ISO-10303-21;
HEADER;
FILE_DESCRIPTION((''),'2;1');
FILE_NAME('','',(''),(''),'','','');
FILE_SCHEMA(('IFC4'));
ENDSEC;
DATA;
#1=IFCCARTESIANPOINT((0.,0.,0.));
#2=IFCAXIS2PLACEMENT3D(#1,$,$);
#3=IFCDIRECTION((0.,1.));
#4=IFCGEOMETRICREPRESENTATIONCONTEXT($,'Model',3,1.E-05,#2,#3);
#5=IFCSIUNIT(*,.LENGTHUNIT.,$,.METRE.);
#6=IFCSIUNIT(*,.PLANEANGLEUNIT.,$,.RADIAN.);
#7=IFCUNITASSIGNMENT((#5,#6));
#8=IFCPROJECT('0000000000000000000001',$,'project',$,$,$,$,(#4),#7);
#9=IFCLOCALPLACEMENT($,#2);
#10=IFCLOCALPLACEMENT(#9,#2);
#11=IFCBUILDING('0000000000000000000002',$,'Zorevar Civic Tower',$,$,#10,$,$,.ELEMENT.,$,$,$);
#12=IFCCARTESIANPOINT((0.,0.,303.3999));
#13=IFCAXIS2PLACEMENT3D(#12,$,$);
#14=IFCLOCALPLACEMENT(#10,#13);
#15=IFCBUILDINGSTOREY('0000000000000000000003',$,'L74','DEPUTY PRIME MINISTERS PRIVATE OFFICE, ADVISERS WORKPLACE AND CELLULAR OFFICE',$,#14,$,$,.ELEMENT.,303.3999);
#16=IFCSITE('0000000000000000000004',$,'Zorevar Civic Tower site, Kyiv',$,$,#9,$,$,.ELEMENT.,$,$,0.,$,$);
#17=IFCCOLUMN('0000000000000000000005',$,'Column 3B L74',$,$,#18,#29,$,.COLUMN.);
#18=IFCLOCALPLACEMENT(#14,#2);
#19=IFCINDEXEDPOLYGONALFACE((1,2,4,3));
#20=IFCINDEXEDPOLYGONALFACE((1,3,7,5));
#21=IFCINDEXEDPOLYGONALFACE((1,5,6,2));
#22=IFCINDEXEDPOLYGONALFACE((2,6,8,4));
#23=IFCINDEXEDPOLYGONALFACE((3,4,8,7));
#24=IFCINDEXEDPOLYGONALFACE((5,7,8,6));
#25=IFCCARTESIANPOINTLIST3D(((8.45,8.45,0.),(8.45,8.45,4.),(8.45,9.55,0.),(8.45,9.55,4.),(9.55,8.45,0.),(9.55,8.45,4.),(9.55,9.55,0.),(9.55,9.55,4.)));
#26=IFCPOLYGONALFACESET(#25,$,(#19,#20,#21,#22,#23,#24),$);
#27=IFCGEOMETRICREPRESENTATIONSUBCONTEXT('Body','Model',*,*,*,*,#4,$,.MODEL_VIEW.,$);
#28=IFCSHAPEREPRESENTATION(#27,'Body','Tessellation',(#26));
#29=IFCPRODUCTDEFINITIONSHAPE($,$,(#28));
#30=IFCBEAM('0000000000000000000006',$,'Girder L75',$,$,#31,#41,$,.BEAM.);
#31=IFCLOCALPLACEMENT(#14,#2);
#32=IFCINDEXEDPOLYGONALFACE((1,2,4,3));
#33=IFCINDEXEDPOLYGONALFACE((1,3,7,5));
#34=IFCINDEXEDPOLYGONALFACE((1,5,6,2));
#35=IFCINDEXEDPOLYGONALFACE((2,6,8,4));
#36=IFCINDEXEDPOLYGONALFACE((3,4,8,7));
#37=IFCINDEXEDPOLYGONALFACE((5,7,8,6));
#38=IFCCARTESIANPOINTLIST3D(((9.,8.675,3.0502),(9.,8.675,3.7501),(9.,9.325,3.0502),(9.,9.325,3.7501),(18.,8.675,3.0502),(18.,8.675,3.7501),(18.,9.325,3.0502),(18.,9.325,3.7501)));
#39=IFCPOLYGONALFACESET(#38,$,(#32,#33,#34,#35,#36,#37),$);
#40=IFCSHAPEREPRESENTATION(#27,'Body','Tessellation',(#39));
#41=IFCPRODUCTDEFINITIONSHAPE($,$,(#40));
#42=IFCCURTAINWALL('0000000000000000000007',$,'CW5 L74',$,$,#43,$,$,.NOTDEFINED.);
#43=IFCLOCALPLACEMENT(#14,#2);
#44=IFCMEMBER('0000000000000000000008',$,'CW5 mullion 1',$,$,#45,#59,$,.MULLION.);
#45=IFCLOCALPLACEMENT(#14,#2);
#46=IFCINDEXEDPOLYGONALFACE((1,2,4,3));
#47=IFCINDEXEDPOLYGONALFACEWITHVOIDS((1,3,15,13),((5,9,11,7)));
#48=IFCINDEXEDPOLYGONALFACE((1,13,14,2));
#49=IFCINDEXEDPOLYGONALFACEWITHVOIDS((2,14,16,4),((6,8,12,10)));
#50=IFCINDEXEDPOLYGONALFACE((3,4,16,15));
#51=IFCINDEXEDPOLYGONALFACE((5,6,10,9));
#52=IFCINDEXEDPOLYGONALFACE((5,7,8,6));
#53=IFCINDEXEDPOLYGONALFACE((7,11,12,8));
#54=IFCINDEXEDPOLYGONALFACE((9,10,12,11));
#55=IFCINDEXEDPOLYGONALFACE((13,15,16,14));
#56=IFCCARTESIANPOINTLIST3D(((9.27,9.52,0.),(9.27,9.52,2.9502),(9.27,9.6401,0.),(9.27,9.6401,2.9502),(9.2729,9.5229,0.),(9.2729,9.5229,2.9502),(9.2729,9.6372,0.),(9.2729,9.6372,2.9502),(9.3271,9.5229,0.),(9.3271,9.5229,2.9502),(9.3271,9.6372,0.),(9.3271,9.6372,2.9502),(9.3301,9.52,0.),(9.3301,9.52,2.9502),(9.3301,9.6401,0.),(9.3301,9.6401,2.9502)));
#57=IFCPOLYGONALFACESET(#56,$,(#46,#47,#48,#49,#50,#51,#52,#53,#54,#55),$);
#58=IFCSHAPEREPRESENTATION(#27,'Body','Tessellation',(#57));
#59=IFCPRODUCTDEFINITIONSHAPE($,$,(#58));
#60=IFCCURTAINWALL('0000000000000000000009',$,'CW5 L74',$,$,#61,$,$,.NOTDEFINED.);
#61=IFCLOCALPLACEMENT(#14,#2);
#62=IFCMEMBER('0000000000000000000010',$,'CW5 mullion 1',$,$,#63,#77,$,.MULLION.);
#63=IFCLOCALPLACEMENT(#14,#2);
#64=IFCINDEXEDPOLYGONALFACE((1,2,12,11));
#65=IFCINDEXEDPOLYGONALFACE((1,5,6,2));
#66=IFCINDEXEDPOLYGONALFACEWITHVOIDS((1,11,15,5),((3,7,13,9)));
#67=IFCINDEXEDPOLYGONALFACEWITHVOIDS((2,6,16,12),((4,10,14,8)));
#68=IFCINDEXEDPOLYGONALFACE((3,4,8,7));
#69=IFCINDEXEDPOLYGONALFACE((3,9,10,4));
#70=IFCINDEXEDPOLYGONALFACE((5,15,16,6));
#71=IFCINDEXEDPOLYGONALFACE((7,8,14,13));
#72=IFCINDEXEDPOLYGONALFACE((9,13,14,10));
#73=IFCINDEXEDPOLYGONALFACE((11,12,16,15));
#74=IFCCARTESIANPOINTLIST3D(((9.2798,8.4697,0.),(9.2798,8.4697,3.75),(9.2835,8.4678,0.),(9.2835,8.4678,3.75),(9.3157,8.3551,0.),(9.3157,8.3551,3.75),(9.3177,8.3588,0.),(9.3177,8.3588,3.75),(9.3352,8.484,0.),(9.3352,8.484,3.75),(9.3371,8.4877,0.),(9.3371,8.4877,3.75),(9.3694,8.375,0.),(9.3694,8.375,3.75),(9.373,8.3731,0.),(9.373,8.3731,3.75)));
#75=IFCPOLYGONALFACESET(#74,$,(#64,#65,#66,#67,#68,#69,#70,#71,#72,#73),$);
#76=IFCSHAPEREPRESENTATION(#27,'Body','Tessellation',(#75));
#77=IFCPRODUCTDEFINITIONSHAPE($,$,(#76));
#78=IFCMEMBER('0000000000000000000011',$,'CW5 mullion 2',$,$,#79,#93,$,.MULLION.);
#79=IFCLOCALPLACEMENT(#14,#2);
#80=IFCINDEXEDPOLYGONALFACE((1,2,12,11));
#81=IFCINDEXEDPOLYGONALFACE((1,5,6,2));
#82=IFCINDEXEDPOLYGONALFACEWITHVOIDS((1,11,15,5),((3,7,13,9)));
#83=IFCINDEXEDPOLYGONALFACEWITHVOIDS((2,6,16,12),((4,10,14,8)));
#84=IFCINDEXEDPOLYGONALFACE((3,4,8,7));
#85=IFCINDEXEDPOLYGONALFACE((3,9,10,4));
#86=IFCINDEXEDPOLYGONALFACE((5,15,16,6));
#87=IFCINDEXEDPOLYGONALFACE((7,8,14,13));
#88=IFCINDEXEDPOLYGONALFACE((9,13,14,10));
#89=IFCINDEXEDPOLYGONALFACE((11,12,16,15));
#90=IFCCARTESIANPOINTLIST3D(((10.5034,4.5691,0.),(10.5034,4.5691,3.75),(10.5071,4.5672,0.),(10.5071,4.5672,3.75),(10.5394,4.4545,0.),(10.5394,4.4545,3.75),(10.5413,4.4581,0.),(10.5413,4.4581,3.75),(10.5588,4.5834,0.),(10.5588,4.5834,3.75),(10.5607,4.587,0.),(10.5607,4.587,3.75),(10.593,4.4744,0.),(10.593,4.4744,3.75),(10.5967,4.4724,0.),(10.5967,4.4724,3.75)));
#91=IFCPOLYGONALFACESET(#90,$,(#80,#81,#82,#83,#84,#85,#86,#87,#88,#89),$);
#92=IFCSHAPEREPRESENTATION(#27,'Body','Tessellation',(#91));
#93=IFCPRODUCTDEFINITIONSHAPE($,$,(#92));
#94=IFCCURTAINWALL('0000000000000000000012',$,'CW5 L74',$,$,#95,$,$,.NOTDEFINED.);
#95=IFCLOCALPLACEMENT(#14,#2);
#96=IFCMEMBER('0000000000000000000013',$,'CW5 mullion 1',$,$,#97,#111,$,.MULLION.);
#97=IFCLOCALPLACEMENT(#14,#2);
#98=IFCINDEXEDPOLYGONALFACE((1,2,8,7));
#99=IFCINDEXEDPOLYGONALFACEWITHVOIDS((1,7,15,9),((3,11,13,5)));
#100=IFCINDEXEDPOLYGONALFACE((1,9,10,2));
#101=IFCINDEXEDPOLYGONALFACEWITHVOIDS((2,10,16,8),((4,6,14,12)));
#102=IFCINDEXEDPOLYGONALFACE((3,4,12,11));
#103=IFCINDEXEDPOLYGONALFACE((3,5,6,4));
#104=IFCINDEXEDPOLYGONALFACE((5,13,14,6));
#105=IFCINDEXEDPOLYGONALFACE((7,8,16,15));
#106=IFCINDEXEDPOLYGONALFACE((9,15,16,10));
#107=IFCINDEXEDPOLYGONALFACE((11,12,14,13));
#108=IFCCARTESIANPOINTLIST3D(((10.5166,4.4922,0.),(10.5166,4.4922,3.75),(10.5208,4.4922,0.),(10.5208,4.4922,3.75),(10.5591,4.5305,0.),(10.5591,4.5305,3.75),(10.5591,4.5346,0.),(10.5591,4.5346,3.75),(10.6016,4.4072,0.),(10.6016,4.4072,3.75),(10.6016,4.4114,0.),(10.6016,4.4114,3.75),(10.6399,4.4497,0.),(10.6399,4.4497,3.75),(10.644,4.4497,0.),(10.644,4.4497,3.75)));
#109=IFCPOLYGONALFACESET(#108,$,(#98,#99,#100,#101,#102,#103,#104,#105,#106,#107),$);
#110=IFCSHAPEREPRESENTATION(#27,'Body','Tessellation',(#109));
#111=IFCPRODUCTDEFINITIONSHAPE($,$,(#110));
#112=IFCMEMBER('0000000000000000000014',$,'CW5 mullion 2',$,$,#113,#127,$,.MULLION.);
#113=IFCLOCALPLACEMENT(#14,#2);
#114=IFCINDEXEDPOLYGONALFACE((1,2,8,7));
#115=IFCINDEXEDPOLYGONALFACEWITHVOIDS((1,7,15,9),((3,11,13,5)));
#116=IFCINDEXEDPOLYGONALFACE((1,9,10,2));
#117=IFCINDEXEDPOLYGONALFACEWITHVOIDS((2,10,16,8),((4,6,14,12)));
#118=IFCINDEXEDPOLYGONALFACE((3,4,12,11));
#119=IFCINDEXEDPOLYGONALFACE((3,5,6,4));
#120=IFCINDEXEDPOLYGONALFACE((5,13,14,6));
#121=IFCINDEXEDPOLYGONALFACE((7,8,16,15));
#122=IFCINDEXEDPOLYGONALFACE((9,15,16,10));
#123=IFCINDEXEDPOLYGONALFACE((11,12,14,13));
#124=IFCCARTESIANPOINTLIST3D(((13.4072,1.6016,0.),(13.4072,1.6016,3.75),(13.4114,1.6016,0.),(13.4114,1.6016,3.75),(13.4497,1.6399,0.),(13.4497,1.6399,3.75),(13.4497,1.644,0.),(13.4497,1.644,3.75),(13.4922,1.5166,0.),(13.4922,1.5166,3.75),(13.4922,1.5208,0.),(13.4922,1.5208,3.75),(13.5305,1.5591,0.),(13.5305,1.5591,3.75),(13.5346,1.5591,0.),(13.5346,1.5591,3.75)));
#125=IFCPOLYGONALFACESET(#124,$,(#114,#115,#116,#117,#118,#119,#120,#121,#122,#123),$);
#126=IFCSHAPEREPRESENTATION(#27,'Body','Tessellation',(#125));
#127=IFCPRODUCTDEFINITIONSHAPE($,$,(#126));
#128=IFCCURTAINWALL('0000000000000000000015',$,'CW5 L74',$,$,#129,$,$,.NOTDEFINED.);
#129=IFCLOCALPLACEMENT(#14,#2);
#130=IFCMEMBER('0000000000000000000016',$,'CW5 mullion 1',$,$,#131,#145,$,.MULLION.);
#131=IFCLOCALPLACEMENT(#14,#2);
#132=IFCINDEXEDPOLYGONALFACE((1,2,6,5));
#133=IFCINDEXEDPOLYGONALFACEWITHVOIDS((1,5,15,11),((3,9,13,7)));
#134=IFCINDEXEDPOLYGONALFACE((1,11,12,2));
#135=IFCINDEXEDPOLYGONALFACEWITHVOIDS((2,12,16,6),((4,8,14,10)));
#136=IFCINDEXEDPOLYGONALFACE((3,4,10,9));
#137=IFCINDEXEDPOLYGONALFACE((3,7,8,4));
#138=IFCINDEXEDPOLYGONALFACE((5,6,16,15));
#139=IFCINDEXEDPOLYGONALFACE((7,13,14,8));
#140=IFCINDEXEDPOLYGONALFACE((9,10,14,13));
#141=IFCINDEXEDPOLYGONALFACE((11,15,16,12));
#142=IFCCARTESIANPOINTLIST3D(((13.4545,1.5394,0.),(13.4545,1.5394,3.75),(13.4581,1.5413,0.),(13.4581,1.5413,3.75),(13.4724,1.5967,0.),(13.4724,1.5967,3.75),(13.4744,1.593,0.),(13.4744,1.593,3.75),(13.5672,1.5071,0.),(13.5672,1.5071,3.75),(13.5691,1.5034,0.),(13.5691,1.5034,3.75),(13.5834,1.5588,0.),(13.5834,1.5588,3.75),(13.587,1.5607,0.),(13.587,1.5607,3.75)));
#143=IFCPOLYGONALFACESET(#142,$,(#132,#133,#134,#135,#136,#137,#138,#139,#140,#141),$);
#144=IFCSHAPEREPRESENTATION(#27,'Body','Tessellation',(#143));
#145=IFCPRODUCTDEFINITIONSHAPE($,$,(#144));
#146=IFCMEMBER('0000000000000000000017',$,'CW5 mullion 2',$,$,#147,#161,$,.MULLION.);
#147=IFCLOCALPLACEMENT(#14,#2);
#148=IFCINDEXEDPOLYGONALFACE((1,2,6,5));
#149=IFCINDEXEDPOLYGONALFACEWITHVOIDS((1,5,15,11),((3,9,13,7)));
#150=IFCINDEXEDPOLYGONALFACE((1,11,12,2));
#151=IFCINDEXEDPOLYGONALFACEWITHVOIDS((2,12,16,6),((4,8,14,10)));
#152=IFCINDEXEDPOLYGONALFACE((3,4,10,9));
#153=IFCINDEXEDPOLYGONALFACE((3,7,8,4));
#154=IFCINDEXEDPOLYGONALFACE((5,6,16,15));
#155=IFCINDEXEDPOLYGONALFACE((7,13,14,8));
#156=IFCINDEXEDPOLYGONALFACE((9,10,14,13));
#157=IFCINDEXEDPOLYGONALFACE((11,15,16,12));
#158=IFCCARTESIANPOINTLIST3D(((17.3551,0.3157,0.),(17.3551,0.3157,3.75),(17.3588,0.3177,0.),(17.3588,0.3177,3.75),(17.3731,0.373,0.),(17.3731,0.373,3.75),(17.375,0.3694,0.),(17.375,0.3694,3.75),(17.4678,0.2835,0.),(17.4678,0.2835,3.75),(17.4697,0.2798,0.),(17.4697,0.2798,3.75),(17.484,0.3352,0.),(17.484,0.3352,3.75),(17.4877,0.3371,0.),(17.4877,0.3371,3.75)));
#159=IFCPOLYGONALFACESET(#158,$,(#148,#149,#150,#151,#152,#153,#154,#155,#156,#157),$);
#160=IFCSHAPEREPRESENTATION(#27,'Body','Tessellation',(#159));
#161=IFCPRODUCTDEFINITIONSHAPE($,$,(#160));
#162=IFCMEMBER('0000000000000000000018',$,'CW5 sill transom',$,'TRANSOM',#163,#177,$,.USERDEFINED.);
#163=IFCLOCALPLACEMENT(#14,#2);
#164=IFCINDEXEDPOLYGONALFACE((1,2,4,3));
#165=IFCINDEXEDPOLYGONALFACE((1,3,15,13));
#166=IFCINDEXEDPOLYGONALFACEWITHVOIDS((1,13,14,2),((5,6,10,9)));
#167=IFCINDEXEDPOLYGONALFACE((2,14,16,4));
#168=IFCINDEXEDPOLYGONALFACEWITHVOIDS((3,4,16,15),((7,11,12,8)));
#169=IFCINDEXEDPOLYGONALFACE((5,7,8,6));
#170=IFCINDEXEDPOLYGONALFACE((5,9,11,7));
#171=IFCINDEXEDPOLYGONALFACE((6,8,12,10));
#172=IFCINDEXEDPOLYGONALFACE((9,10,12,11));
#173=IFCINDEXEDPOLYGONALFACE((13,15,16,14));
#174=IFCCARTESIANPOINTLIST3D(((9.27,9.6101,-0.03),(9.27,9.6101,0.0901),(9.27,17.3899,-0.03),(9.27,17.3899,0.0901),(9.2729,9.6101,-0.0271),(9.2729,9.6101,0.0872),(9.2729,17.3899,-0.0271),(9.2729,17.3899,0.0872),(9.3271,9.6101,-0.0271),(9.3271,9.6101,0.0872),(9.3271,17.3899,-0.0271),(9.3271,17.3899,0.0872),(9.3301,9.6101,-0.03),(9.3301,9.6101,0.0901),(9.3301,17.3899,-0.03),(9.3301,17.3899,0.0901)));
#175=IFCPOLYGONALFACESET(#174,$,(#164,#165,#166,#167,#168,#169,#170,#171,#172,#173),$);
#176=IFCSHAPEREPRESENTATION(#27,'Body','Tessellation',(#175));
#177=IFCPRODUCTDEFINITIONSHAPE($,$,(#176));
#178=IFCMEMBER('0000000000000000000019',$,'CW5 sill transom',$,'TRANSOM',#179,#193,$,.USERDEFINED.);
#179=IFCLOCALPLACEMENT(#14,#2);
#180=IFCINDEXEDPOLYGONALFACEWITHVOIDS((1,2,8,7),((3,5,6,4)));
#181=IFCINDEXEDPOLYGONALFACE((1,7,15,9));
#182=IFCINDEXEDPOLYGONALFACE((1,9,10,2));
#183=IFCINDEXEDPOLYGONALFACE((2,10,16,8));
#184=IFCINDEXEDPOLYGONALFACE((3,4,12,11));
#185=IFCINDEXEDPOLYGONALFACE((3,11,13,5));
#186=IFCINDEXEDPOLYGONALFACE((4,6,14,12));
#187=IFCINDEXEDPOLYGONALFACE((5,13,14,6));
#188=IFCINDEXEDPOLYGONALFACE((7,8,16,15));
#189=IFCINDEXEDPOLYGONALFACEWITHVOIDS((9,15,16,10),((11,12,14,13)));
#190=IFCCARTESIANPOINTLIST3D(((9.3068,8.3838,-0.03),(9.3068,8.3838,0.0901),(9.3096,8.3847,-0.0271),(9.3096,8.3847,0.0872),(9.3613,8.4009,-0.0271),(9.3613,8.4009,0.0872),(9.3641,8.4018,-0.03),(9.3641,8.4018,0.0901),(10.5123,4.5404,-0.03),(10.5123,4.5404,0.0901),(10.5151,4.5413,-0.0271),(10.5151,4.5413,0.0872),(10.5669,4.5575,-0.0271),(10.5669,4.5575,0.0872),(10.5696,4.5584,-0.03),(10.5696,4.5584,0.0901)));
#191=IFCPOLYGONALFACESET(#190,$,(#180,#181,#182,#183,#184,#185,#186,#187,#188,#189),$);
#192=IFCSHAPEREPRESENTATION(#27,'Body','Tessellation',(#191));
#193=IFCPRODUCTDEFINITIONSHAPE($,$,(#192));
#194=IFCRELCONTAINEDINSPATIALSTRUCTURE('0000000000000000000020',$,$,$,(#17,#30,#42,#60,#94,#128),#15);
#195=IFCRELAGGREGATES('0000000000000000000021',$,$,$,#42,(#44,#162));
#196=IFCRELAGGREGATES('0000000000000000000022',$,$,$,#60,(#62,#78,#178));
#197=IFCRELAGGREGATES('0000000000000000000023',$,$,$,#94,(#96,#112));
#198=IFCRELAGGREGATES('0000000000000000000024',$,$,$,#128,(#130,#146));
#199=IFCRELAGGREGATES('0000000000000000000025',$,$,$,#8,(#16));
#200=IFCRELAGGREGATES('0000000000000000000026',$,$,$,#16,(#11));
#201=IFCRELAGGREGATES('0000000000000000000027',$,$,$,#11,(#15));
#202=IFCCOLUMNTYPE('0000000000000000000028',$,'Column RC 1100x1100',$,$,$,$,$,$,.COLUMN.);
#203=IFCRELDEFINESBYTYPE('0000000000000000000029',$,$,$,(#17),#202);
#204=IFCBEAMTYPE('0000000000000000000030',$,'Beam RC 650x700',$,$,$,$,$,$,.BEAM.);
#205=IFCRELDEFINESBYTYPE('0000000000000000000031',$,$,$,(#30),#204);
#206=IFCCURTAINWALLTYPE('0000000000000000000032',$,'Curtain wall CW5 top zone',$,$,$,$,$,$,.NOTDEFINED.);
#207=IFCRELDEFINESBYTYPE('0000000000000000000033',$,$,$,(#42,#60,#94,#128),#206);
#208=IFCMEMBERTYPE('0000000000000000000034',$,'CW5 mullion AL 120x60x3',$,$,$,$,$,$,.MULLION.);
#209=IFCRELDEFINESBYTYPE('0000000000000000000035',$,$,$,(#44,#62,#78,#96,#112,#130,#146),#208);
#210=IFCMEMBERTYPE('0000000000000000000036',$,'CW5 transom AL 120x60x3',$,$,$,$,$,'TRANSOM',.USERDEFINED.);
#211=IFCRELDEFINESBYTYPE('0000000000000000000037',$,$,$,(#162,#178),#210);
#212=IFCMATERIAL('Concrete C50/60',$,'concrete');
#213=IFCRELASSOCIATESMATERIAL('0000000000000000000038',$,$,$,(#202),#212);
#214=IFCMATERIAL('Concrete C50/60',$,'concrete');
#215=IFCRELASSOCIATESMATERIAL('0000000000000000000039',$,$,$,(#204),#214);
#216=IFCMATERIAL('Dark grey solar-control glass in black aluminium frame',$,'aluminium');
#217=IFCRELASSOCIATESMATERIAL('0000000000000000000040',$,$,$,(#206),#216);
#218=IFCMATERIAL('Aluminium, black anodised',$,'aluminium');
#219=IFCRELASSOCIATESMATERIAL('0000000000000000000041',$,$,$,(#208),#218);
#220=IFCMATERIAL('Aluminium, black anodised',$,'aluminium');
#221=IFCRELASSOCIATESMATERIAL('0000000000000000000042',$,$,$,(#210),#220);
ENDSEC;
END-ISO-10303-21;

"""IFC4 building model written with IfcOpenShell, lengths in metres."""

from ifc_helpers import new_model, si_unit, direction, frame, origin, origin_2d, place, context, subcontext, project, spatial, rectangle, hollow_rectangle, extrude, material, material_profile, profile_set, type_object, element, aggregate, save


model = new_model("IFC4")

# Units and contexts
model_context = context("Model", 3, precision=1e-05, world=origin(), true_north=direction((0.0, 1.0)))
body_context = subcontext(model_context, "Body", "Model", "MODEL_VIEW")
ifc_project = project(units=[si_unit("LENGTHUNIT", "METRE"), si_unit("PLANEANGLEUNIT", "RADIAN")], contexts=[model_context])

# Site, building, storey
site_placement = place(None, origin())
site = spatial("IfcSite", under=ifc_project, at=site_placement, Name="Zorevar Civic Tower site, Kyiv", CompositionType="ELEMENT", RefElevation=0.0)
building_placement = place(site_placement, origin())
building = spatial("IfcBuilding", under=site, at=building_placement, Name="Zorevar Civic Tower", CompositionType="ELEMENT")
storey_placement = place(building_placement, frame((0.0, 0.0, 303.3999)))
storey = spatial("IfcBuildingStorey", under=building, at=storey_placement, Name="L74", Description="DEPUTY PRIME MINISTERS PRIVATE OFFICE, ADVISERS WORKPLACE AND CELLULAR OFFICE", CompositionType="ELEMENT", Elevation=303.3999)

# Column
ifc_material_1 = material(Name="Concrete C50/60", Category="concrete")
ifc_material_profile_1 = material_profile(ifc_material_1, rectangle(XDim=1.1001, YDim=1.1001, at=origin_2d()), Name="RC 1100x1100")
ifc_profile_set_1 = profile_set([ifc_material_profile_1], Name="Concrete C50/60")
column_type = type_object("IfcColumnType", Name="Column RC 1100x1100", PredefinedType="COLUMN", material=ifc_profile_set_1)
column_placement = place(storey_placement, frame((9.0, 9.0, 0.0), z_axis=(0.0, 0.0, 1.0), x_axis=(1.0, 0.0, 0.0)))
element("IfcColumn", 1, at=column_placement, inside=storey, type_object=column_type, Name="Column 3B L74", PredefinedType="COLUMN", context=body_context, shape_type="SweptSolid", body=[
    extrude(rectangle(XDim=1.1001, YDim=1.1001, at=origin_2d()), origin(), (0.0, 0.0, 1.0), 4.0),
])

# Beam
ifc_material_2 = material(Name="Concrete C50/60", Category="concrete")
ifc_material_profile_2 = material_profile(ifc_material_2, rectangle(XDim=0.6499, YDim=0.7, at=origin_2d()), Name="RC 650x700")
ifc_profile_set_2 = profile_set([ifc_material_profile_2], Name="Concrete C50/60")
beam_type_1 = type_object("IfcBeamType", Name="Beam RC 650x700", PredefinedType="BEAM", material=ifc_profile_set_2)
beam_1_placement = place(storey_placement, frame((9.0, 9.0, 3.4001), z_axis=(1.0, 0.0, 0.0), x_axis=(0.0, 1.0, 0.0)))
element("IfcBeam", 2, at=beam_1_placement, inside=storey, type_object=beam_type_1, Name="Girder L75", PredefinedType="BEAM", context=body_context, shape_type="SweptSolid", body=[
    extrude(rectangle(XDim=0.6499, YDim=0.7, at=origin_2d()), origin(), (0.0, 0.0, 1.0), 9.0),
])

# Curtain wall, member
ifc_material_3 = material(Name="Dark grey solar-control glass in black aluminium frame", Category="aluminium")
curtain_wall_type = type_object("IfcCurtainWallType", Name="Curtain wall CW5 top zone", PredefinedType="NOTDEFINED", material=ifc_material_3)
curtain_wall_1_placement = place(storey_placement, origin())
curtain_wall_1 = element("IfcCurtainWall", 3, at=curtain_wall_1_placement, inside=storey, type_object=curtain_wall_type, Name="CW5 L74", PredefinedType="NOTDEFINED")
ifc_material_4 = material(Name="Aluminium, black anodised", Category="aluminium")
ifc_material_profile_3 = material_profile(ifc_material_4, hollow_rectangle(XDim=0.0601, YDim=0.1201, WallThickness=0.0029, at=origin_2d()), Name="AL 120x60x3")
ifc_profile_set_3 = profile_set([ifc_material_profile_3], Name="Aluminium, black anodised")
member_type_1 = type_object("IfcMemberType", Name="CW5 mullion AL 120x60x3", PredefinedType="MULLION", material=ifc_profile_set_3)
member_1_placement = place(storey_placement, frame((9.3, 9.5801, 0.0), z_axis=(0.0, 0.0, 1.0), x_axis=(-1.0, 0.0, 0.0)))
member_1 = element("IfcMember", 4, at=member_1_placement, type_object=member_type_1, Name="CW5 mullion 1", PredefinedType="MULLION", context=body_context, shape_type="SweptSolid", body=[
    extrude(hollow_rectangle(XDim=0.0601, YDim=0.1201, WallThickness=0.0029, at=origin_2d()), origin(), (0.0, 0.0, 1.0), 2.9502),
])

# Curtain walls, members
curtain_wall_2_placement = place(storey_placement, origin())
curtain_wall_2 = element("IfcCurtainWall", 5, at=curtain_wall_2_placement, inside=storey, type_object=curtain_wall_type, Name="CW5 L74", PredefinedType="NOTDEFINED")
member_2_placement = place(storey_placement, frame((9.3264, 8.4214, 0.0), z_axis=(0.0, 0.0, 1.0), x_axis=(0.954153, 0.299318, 0.0)))
member_2 = element("IfcMember", 6, at=member_2_placement, type_object=member_type_1, Name="CW5 mullion 1", PredefinedType="MULLION", context=body_context, shape_type="SweptSolid", body=[
    extrude(hollow_rectangle(XDim=0.0601, YDim=0.1201, WallThickness=0.0029, at=origin_2d()), origin(), (0.0, 0.0, 1.0), 3.75),
])
member_3_placement = place(storey_placement, frame((10.55, 4.5208, 0.0), z_axis=(0.0, 0.0, 1.0), x_axis=(0.954153, 0.299318, 0.0)))
member_3 = element("IfcMember", 7, at=member_3_placement, type_object=member_type_1, Name="CW5 mullion 2", PredefinedType="MULLION", context=body_context, shape_type="SweptSolid", body=[
    extrude(hollow_rectangle(XDim=0.0601, YDim=0.1201, WallThickness=0.0029, at=origin_2d()), origin(), (0.0, 0.0, 1.0), 3.75),
])
curtain_wall_3_placement = place(storey_placement, origin())
curtain_wall_3 = element("IfcCurtainWall", 8, at=curtain_wall_3_placement, inside=storey, type_object=curtain_wall_type, Name="CW5 L74", PredefinedType="NOTDEFINED")
member_4_placement = place(storey_placement, frame((10.5803, 4.4709, 0.0), z_axis=(0.0, 0.0, 1.0), x_axis=(0.707107, 0.707107, 0.0)))
member_4 = element("IfcMember", 9, at=member_4_placement, type_object=member_type_1, Name="CW5 mullion 1", PredefinedType="MULLION", context=body_context, shape_type="SweptSolid", body=[
    extrude(hollow_rectangle(XDim=0.0601, YDim=0.1201, WallThickness=0.0029, at=origin_2d()), origin(), (0.0, 0.0, 1.0), 3.75),
])
member_5_placement = place(storey_placement, frame((13.4709, 1.5803, 0.0), z_axis=(0.0, 0.0, 1.0), x_axis=(0.707107, 0.707107, 0.0)))
member_5 = element("IfcMember", 10, at=member_5_placement, type_object=member_type_1, Name="CW5 mullion 2", PredefinedType="MULLION", context=body_context, shape_type="SweptSolid", body=[
    extrude(hollow_rectangle(XDim=0.0601, YDim=0.1201, WallThickness=0.0029, at=origin_2d()), origin(), (0.0, 0.0, 1.0), 3.75),
])
curtain_wall_4_placement = place(storey_placement, origin())
curtain_wall_4 = element("IfcCurtainWall", 11, at=curtain_wall_4_placement, inside=storey, type_object=curtain_wall_type, Name="CW5 L74", PredefinedType="NOTDEFINED")
member_6_placement = place(storey_placement, frame((13.5208, 1.55, 0.0), z_axis=(0.0, 0.0, 1.0), x_axis=(0.299318, 0.954153, 0.0)))
member_6 = element("IfcMember", 12, at=member_6_placement, type_object=member_type_1, Name="CW5 mullion 1", PredefinedType="MULLION", context=body_context, shape_type="SweptSolid", body=[
    extrude(hollow_rectangle(XDim=0.0601, YDim=0.1201, WallThickness=0.0029, at=origin_2d()), origin(), (0.0, 0.0, 1.0), 3.75),
])
member_7_placement = place(storey_placement, frame((17.4214, 0.3264, 0.0), z_axis=(0.0, 0.0, 1.0), x_axis=(0.299318, 0.954153, 0.0)))
member_7 = element("IfcMember", 13, at=member_7_placement, type_object=member_type_1, Name="CW5 mullion 2", PredefinedType="MULLION", context=body_context, shape_type="SweptSolid", body=[
    extrude(hollow_rectangle(XDim=0.0601, YDim=0.1201, WallThickness=0.0029, at=origin_2d()), origin(), (0.0, 0.0, 1.0), 3.75),
])

# Members
ifc_material_5 = material(Name="Aluminium, black anodised", Category="aluminium")
ifc_material_profile_4 = material_profile(ifc_material_5, hollow_rectangle(XDim=0.0601, YDim=0.1201, WallThickness=0.0029, at=origin_2d()), Name="AL 120x60x3")
ifc_profile_set_4 = profile_set([ifc_material_profile_4], Name="Aluminium, black anodised")
member_type_2 = type_object("IfcMemberType", Name="CW5 transom AL 120x60x3", ElementType="TRANSOM", PredefinedType="USERDEFINED", material=ifc_profile_set_4)
member_8_placement = place(storey_placement, frame((9.3, 9.6101, 0.03), z_axis=(0.0, 1.0, 0.0), x_axis=(-1.0, 0.0, 0.0)))
member_8 = element("IfcMember", 14, at=member_8_placement, type_object=member_type_2, Name="CW5 sill transom", ObjectType="TRANSOM", PredefinedType="USERDEFINED", context=body_context, shape_type="SweptSolid", body=[
    extrude(hollow_rectangle(XDim=0.0601, YDim=0.1201, WallThickness=0.0029, at=origin_2d()), origin(), (0.0, 0.0, 1.0), 7.7798),
])
aggregate(curtain_wall_1, [member_1, member_8])
member_9_placement = place(storey_placement, frame((9.3354, 8.3928, 0.03), z_axis=(0.299286, -0.954163, 0.0), x_axis=(0.954163, 0.299286, 0.0)))
member_9 = element("IfcMember", 15, at=member_9_placement, type_object=member_type_2, Name="CW5 sill transom", ObjectType="TRANSOM", PredefinedType="USERDEFINED", context=body_context, shape_type="SweptSolid", body=[
    extrude(hollow_rectangle(XDim=0.0601, YDim=0.1201, WallThickness=0.0029, at=origin_2d()), origin(), (0.0, 0.0, 1.0), 4.0281),
])

aggregate(curtain_wall_2, [member_2, member_3, member_9])
aggregate(curtain_wall_3, [member_4, member_5])
aggregate(curtain_wall_4, [member_6, member_7])

save(model, "model.ifc")
